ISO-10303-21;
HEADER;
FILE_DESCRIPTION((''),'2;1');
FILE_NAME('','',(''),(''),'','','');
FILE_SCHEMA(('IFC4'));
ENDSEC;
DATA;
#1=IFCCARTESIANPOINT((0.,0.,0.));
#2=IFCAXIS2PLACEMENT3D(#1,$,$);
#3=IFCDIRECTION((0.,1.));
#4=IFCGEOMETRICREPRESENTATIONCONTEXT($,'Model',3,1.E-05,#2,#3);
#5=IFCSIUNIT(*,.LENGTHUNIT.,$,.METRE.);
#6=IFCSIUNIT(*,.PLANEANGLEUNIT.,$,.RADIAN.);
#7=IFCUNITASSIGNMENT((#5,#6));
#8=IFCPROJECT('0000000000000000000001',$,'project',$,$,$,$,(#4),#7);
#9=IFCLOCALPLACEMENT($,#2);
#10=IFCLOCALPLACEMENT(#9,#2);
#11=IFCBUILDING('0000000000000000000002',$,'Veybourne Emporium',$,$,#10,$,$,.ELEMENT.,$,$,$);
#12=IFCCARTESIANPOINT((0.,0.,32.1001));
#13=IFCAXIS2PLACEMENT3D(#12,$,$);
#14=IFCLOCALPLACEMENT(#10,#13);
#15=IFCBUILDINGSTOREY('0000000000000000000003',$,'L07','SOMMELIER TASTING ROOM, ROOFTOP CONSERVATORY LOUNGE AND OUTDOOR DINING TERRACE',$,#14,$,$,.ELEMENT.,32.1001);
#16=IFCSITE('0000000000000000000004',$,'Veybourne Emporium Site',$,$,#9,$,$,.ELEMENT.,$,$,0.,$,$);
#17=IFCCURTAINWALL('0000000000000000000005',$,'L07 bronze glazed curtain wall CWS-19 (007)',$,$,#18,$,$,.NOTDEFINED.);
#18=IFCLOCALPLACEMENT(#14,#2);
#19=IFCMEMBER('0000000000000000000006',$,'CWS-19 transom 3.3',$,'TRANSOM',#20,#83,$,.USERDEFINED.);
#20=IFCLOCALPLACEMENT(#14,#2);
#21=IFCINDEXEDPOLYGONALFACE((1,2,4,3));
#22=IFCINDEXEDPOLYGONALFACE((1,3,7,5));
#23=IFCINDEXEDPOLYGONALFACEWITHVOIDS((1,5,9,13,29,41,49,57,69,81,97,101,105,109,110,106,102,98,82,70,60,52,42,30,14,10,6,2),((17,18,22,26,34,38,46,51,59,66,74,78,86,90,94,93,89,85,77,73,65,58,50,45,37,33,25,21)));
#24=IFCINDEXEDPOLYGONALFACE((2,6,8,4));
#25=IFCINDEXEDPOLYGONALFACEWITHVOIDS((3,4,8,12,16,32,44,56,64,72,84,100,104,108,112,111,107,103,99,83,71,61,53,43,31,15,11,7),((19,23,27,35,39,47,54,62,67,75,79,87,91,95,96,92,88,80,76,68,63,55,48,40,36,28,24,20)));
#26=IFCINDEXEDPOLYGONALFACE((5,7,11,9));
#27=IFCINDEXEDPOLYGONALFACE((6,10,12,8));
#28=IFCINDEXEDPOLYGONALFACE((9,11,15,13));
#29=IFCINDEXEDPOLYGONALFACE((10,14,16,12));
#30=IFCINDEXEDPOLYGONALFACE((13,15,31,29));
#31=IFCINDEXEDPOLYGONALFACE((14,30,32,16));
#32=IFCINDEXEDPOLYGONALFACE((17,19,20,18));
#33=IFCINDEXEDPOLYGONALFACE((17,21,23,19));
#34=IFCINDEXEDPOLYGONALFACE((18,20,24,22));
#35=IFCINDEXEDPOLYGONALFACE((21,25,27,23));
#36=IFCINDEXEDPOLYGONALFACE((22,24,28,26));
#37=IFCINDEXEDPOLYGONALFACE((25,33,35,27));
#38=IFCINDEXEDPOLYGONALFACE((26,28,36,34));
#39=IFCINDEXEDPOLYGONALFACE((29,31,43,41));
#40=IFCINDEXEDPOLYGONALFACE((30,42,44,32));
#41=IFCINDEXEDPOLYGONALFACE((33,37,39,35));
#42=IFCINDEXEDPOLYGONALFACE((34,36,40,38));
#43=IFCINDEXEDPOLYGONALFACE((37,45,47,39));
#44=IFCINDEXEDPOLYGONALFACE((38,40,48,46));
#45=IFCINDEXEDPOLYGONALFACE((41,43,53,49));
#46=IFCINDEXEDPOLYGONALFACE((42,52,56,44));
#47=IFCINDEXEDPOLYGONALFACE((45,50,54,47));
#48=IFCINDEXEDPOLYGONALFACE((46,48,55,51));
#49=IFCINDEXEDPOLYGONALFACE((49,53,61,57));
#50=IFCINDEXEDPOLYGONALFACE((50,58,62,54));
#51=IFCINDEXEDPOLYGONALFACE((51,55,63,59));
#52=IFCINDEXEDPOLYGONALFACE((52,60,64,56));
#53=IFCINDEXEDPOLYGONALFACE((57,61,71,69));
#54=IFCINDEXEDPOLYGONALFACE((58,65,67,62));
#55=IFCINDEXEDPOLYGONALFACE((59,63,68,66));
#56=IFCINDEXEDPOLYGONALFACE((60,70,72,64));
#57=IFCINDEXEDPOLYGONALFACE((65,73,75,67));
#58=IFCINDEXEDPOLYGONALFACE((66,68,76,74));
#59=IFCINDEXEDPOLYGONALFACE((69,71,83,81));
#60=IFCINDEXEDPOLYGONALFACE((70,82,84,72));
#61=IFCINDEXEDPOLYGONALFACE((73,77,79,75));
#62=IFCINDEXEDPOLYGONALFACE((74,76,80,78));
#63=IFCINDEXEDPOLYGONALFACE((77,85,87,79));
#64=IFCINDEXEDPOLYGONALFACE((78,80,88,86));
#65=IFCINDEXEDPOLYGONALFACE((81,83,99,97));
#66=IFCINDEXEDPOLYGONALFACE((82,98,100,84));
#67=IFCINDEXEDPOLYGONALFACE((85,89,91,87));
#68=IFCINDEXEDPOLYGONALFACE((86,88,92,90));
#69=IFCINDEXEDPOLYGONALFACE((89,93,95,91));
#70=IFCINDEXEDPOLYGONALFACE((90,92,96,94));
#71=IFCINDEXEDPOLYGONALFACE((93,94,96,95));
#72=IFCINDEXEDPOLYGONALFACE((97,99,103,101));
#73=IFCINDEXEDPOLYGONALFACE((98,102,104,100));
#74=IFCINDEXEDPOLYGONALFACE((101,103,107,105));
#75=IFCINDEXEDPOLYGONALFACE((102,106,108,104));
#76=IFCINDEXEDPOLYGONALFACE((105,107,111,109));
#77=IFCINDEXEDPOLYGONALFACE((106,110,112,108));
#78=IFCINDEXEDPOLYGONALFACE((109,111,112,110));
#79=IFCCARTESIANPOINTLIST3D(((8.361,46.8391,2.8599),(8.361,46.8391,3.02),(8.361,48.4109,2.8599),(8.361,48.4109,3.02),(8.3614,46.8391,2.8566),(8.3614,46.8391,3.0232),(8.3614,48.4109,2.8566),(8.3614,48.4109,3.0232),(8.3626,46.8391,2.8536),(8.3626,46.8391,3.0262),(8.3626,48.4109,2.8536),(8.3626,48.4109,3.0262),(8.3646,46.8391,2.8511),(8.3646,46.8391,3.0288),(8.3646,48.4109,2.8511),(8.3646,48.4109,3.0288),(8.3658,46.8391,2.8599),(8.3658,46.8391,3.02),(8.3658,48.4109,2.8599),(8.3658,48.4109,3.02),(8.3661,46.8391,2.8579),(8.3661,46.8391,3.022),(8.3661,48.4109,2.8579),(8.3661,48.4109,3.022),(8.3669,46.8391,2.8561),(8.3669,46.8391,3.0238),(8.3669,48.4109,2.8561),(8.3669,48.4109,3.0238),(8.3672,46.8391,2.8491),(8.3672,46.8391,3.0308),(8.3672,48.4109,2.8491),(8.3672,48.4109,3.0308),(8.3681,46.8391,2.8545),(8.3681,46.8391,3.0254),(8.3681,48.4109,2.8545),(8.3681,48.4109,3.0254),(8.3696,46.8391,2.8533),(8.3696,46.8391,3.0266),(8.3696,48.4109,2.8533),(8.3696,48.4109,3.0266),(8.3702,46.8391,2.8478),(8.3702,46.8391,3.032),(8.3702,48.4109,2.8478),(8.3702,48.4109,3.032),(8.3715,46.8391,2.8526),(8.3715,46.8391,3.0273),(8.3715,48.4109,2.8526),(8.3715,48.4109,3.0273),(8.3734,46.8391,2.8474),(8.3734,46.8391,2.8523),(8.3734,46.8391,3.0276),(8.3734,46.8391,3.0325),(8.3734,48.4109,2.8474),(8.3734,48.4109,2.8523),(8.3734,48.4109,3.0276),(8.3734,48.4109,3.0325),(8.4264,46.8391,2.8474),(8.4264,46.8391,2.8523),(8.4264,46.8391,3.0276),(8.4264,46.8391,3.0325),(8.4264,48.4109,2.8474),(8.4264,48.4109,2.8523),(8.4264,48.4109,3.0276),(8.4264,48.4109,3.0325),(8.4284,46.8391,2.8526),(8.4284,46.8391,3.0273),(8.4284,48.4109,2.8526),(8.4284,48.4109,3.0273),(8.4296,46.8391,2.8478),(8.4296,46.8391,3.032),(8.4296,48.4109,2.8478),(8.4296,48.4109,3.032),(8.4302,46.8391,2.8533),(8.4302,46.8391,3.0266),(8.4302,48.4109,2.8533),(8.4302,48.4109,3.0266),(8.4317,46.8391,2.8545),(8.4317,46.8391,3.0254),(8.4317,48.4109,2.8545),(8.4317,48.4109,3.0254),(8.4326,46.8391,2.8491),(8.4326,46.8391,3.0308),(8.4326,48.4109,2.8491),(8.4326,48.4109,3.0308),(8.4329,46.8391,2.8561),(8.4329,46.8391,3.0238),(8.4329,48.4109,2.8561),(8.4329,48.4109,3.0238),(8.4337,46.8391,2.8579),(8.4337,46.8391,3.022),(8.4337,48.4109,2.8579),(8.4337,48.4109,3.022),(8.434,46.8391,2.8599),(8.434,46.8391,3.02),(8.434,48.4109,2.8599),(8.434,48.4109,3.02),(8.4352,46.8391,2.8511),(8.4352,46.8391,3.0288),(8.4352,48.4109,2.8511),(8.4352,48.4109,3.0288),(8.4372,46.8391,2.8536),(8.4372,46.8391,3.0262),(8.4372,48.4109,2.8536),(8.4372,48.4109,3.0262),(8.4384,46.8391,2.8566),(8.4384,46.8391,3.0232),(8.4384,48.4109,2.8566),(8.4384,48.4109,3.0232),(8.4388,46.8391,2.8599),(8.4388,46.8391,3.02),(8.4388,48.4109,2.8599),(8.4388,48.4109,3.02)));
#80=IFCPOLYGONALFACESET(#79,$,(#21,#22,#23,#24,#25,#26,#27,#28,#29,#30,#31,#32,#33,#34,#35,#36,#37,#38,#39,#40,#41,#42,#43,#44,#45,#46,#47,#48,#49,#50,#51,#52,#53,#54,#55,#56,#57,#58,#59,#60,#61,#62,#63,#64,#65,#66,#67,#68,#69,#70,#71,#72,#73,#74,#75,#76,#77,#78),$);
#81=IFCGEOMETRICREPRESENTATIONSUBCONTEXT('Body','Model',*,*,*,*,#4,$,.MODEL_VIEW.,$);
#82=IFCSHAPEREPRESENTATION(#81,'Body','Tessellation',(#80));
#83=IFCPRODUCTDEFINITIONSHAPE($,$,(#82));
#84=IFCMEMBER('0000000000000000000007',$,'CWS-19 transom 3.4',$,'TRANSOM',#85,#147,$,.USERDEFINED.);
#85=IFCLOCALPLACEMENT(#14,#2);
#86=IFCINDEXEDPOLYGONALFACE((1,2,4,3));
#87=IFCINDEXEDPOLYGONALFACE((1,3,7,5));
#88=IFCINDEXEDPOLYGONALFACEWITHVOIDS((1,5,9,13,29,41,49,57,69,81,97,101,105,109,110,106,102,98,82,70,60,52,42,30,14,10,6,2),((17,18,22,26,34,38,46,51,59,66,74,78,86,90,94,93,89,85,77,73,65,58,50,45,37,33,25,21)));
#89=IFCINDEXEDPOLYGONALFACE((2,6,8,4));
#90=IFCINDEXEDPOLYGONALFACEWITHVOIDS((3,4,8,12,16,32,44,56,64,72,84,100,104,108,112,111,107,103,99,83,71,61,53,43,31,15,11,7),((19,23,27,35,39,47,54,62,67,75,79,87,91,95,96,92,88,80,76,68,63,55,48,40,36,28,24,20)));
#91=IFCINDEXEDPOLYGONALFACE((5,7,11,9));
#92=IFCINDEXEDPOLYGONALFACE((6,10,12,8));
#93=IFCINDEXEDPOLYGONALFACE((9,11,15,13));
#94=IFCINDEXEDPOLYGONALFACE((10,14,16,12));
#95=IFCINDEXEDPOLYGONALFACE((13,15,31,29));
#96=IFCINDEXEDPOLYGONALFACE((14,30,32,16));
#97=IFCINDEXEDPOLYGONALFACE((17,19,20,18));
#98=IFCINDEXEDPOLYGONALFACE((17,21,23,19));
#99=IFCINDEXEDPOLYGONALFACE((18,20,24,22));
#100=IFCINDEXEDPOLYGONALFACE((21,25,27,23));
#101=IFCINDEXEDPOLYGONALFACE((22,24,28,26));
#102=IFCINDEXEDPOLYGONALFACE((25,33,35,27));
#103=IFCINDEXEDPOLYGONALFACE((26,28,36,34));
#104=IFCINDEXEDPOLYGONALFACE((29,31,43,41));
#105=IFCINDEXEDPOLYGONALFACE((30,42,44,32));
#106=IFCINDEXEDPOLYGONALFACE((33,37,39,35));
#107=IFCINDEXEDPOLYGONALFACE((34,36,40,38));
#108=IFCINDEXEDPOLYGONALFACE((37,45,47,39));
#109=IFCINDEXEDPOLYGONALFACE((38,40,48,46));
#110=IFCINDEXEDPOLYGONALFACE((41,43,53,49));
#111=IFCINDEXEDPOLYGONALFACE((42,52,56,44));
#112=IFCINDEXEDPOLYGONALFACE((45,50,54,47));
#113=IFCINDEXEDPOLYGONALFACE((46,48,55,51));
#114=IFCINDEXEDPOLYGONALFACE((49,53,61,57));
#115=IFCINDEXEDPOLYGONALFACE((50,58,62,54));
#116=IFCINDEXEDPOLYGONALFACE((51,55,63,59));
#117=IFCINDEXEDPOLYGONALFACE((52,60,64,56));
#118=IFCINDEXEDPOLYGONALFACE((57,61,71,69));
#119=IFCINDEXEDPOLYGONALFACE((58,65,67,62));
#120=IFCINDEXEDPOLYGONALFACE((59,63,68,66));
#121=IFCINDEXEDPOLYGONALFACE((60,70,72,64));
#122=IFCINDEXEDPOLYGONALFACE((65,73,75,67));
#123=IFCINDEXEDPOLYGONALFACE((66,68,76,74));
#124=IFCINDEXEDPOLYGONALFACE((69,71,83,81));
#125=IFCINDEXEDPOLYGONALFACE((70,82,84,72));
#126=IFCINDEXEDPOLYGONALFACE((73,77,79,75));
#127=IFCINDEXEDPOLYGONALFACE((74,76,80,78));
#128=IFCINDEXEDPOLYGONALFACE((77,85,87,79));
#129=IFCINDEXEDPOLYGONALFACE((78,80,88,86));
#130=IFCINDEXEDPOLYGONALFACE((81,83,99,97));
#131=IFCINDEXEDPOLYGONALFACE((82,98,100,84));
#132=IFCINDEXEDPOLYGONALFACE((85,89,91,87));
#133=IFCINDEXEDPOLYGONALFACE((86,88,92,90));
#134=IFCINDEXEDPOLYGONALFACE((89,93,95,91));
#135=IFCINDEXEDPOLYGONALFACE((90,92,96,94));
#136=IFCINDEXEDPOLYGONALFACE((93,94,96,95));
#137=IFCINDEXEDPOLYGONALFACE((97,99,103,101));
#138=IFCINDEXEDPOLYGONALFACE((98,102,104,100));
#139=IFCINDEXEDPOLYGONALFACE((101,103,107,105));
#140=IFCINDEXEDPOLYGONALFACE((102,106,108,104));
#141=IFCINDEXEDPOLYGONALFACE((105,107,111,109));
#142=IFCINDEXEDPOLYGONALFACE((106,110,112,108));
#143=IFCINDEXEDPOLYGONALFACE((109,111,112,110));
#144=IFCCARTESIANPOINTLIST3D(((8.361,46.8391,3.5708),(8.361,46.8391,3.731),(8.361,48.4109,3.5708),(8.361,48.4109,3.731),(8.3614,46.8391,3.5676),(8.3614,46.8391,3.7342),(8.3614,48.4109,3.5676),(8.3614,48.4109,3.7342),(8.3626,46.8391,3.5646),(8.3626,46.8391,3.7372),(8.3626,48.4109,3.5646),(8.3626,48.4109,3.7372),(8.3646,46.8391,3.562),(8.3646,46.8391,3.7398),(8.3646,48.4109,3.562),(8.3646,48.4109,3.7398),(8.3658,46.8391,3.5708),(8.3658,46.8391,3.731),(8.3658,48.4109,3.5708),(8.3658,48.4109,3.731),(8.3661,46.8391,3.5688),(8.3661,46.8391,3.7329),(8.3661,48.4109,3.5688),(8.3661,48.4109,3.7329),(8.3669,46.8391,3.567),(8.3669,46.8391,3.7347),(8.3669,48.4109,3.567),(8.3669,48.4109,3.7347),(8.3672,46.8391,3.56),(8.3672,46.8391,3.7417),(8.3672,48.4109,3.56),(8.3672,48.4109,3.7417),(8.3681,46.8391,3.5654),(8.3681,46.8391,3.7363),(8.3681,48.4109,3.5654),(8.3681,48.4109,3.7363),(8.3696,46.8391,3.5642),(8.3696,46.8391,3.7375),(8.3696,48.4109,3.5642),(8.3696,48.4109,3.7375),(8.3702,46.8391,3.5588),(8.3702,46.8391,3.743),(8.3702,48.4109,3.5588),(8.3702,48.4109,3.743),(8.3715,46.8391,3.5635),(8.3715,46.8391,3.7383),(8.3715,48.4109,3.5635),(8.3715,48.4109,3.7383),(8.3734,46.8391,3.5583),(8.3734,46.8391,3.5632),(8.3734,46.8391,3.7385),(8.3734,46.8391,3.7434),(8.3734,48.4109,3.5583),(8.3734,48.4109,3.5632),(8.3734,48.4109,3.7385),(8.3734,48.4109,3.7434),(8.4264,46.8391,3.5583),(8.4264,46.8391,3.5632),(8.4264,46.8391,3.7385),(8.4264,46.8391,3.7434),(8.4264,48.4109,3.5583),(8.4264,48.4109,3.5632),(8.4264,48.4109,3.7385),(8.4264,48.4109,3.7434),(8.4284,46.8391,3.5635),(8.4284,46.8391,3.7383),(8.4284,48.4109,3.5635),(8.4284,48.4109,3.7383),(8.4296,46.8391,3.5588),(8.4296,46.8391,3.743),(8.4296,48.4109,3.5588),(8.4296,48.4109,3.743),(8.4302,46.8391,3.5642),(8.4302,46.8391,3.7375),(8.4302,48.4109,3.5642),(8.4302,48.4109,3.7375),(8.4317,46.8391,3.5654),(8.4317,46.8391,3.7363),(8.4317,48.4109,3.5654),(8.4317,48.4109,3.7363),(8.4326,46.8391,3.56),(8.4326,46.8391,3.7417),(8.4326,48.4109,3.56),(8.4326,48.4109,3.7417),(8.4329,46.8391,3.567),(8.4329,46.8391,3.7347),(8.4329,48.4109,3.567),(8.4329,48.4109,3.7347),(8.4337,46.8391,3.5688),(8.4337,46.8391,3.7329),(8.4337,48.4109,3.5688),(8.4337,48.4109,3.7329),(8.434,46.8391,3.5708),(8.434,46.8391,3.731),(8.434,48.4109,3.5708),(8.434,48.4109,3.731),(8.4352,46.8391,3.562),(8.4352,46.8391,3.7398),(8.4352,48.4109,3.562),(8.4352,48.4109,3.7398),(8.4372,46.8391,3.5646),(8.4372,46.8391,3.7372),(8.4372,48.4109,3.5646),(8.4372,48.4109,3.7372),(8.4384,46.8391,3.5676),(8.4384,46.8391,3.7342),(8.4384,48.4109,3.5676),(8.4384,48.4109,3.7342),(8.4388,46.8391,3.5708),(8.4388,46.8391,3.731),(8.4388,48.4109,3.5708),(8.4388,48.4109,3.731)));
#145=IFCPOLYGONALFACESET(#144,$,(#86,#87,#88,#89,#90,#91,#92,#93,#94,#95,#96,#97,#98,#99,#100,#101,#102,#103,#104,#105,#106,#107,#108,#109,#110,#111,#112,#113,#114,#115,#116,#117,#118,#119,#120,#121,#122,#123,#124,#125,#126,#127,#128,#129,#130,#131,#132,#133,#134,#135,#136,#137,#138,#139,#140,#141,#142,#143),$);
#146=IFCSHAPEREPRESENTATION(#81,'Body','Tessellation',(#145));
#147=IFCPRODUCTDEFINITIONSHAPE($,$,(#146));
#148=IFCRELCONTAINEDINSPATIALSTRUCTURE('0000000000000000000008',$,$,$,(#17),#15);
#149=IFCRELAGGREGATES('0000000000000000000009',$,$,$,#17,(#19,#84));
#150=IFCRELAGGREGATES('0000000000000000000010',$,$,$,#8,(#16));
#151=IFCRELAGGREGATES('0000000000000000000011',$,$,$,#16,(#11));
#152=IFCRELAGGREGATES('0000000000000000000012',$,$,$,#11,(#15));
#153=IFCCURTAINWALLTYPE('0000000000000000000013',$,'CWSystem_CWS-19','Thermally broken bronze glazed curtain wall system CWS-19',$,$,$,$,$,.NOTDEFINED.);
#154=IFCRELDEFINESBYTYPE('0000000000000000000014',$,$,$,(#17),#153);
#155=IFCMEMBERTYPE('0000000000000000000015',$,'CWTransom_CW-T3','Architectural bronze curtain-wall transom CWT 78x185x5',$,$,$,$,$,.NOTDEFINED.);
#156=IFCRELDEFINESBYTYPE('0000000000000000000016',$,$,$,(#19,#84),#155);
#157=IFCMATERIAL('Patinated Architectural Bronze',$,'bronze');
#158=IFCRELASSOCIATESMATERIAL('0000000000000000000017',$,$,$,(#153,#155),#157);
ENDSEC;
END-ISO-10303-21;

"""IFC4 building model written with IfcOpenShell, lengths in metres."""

from ifc_helpers import new_model, si_unit, direction, frame, origin, origin_2d, place, context, subcontext, project, spatial, hollow_rectangle, extrude, material, material_profile, profile_set, type_object, element, aggregate, save


model = new_model("IFC4")

# Units and contexts
model_context = context("Model", 3, precision=1e-05, world=origin(), true_north=direction((0.0, 1.0)))
body_context = subcontext(model_context, "Body", "Model", "MODEL_VIEW")
ifc_project = project(units=[si_unit("LENGTHUNIT", "METRE"), si_unit("PLANEANGLEUNIT", "RADIAN")], contexts=[model_context])

# Site, building, storey
site_placement = place(None, origin())
site = spatial("IfcSite", under=ifc_project, at=site_placement, Name="Veybourne Emporium Site", CompositionType="ELEMENT", RefElevation=0.0)
building_placement = place(site_placement, origin())
building = spatial("IfcBuilding", under=site, at=building_placement, Name="Veybourne Emporium", CompositionType="ELEMENT")
storey_placement = place(building_placement, frame((0.0, 0.0, 32.1001)))
storey = spatial("IfcBuildingStorey", under=building, at=storey_placement, Name="L07", Description="SOMMELIER TASTING ROOM, ROOFTOP CONSERVATORY LOUNGE AND OUTDOOR DINING TERRACE", CompositionType="ELEMENT", Elevation=32.1001)

# Curtain wall, members
ifc_material_1 = material(Name="Patinated Architectural Bronze", Category="bronze")
curtain_wall_type = type_object("IfcCurtainWallType", Name="CWSystem_CWS-19", Description="Thermally broken bronze glazed curtain wall system CWS-19", PredefinedType="NOTDEFINED", material=ifc_material_1)
curtain_wall_placement = place(storey_placement, origin())
curtain_wall = element("IfcCurtainWall", 1, at=curtain_wall_placement, inside=storey, type_object=curtain_wall_type, Name="L07 bronze glazed curtain wall CWS-19 (007)", PredefinedType="NOTDEFINED")
ifc_material_profile_1 = material_profile(ifc_material_1, hollow_rectangle(XDim=0.0779, YDim=0.1851, WallThickness=0.0049, InnerFilletRadius=0.0076, OuterFilletRadius=0.0125, at=origin_2d()), Name="CWT 78x185x5")
ifc_profile_set_1 = profile_set([ifc_material_profile_1], Name="Patinated Architectural Bronze")
member_type_1 = type_object("IfcMemberType", Name="CWTransom_CW-T3", Description="Architectural bronze curtain-wall transom CWT 78x185x5", PredefinedType="NOTDEFINED", material=ifc_profile_set_1)
member_1_placement = place(storey_placement, frame((8.3999, 46.8391, 2.9399), z_axis=(0.0, 1.0, 0.0), x_axis=(-1.0, 0.0, 0.0)))
member_1 = element("IfcMember", 2, at=member_1_placement, type_object=member_type_1, Name="CWS-19 transom 3.3", ObjectType="TRANSOM", PredefinedType="USERDEFINED", context=body_context, shape_type="SweptSolid", body=[
    extrude(hollow_rectangle(XDim=0.0779, YDim=0.1851, WallThickness=0.0049, InnerFilletRadius=0.0076, OuterFilletRadius=0.0125, at=origin_2d()), origin(), (0.0, 0.0, 1.0), 1.5718),
])
member_2_placement = place(storey_placement, frame((8.3999, 46.8391, 3.6509), z_axis=(0.0, 1.0, 0.0), x_axis=(-1.0, 0.0, 0.0)))
member_2 = element("IfcMember", 3, at=member_2_placement, type_object=member_type_1, Name="CWS-19 transom 3.4", ObjectType="TRANSOM", PredefinedType="USERDEFINED", context=body_context, shape_type="SweptSolid", body=[
    extrude(hollow_rectangle(XDim=0.0779, YDim=0.1851, WallThickness=0.0049, InnerFilletRadius=0.0076, OuterFilletRadius=0.0125, at=origin_2d()), origin(), (0.0, 0.0, 1.0), 1.5718),
])

aggregate(curtain_wall, [member_1, member_2])

save(model, "model.ifc")
